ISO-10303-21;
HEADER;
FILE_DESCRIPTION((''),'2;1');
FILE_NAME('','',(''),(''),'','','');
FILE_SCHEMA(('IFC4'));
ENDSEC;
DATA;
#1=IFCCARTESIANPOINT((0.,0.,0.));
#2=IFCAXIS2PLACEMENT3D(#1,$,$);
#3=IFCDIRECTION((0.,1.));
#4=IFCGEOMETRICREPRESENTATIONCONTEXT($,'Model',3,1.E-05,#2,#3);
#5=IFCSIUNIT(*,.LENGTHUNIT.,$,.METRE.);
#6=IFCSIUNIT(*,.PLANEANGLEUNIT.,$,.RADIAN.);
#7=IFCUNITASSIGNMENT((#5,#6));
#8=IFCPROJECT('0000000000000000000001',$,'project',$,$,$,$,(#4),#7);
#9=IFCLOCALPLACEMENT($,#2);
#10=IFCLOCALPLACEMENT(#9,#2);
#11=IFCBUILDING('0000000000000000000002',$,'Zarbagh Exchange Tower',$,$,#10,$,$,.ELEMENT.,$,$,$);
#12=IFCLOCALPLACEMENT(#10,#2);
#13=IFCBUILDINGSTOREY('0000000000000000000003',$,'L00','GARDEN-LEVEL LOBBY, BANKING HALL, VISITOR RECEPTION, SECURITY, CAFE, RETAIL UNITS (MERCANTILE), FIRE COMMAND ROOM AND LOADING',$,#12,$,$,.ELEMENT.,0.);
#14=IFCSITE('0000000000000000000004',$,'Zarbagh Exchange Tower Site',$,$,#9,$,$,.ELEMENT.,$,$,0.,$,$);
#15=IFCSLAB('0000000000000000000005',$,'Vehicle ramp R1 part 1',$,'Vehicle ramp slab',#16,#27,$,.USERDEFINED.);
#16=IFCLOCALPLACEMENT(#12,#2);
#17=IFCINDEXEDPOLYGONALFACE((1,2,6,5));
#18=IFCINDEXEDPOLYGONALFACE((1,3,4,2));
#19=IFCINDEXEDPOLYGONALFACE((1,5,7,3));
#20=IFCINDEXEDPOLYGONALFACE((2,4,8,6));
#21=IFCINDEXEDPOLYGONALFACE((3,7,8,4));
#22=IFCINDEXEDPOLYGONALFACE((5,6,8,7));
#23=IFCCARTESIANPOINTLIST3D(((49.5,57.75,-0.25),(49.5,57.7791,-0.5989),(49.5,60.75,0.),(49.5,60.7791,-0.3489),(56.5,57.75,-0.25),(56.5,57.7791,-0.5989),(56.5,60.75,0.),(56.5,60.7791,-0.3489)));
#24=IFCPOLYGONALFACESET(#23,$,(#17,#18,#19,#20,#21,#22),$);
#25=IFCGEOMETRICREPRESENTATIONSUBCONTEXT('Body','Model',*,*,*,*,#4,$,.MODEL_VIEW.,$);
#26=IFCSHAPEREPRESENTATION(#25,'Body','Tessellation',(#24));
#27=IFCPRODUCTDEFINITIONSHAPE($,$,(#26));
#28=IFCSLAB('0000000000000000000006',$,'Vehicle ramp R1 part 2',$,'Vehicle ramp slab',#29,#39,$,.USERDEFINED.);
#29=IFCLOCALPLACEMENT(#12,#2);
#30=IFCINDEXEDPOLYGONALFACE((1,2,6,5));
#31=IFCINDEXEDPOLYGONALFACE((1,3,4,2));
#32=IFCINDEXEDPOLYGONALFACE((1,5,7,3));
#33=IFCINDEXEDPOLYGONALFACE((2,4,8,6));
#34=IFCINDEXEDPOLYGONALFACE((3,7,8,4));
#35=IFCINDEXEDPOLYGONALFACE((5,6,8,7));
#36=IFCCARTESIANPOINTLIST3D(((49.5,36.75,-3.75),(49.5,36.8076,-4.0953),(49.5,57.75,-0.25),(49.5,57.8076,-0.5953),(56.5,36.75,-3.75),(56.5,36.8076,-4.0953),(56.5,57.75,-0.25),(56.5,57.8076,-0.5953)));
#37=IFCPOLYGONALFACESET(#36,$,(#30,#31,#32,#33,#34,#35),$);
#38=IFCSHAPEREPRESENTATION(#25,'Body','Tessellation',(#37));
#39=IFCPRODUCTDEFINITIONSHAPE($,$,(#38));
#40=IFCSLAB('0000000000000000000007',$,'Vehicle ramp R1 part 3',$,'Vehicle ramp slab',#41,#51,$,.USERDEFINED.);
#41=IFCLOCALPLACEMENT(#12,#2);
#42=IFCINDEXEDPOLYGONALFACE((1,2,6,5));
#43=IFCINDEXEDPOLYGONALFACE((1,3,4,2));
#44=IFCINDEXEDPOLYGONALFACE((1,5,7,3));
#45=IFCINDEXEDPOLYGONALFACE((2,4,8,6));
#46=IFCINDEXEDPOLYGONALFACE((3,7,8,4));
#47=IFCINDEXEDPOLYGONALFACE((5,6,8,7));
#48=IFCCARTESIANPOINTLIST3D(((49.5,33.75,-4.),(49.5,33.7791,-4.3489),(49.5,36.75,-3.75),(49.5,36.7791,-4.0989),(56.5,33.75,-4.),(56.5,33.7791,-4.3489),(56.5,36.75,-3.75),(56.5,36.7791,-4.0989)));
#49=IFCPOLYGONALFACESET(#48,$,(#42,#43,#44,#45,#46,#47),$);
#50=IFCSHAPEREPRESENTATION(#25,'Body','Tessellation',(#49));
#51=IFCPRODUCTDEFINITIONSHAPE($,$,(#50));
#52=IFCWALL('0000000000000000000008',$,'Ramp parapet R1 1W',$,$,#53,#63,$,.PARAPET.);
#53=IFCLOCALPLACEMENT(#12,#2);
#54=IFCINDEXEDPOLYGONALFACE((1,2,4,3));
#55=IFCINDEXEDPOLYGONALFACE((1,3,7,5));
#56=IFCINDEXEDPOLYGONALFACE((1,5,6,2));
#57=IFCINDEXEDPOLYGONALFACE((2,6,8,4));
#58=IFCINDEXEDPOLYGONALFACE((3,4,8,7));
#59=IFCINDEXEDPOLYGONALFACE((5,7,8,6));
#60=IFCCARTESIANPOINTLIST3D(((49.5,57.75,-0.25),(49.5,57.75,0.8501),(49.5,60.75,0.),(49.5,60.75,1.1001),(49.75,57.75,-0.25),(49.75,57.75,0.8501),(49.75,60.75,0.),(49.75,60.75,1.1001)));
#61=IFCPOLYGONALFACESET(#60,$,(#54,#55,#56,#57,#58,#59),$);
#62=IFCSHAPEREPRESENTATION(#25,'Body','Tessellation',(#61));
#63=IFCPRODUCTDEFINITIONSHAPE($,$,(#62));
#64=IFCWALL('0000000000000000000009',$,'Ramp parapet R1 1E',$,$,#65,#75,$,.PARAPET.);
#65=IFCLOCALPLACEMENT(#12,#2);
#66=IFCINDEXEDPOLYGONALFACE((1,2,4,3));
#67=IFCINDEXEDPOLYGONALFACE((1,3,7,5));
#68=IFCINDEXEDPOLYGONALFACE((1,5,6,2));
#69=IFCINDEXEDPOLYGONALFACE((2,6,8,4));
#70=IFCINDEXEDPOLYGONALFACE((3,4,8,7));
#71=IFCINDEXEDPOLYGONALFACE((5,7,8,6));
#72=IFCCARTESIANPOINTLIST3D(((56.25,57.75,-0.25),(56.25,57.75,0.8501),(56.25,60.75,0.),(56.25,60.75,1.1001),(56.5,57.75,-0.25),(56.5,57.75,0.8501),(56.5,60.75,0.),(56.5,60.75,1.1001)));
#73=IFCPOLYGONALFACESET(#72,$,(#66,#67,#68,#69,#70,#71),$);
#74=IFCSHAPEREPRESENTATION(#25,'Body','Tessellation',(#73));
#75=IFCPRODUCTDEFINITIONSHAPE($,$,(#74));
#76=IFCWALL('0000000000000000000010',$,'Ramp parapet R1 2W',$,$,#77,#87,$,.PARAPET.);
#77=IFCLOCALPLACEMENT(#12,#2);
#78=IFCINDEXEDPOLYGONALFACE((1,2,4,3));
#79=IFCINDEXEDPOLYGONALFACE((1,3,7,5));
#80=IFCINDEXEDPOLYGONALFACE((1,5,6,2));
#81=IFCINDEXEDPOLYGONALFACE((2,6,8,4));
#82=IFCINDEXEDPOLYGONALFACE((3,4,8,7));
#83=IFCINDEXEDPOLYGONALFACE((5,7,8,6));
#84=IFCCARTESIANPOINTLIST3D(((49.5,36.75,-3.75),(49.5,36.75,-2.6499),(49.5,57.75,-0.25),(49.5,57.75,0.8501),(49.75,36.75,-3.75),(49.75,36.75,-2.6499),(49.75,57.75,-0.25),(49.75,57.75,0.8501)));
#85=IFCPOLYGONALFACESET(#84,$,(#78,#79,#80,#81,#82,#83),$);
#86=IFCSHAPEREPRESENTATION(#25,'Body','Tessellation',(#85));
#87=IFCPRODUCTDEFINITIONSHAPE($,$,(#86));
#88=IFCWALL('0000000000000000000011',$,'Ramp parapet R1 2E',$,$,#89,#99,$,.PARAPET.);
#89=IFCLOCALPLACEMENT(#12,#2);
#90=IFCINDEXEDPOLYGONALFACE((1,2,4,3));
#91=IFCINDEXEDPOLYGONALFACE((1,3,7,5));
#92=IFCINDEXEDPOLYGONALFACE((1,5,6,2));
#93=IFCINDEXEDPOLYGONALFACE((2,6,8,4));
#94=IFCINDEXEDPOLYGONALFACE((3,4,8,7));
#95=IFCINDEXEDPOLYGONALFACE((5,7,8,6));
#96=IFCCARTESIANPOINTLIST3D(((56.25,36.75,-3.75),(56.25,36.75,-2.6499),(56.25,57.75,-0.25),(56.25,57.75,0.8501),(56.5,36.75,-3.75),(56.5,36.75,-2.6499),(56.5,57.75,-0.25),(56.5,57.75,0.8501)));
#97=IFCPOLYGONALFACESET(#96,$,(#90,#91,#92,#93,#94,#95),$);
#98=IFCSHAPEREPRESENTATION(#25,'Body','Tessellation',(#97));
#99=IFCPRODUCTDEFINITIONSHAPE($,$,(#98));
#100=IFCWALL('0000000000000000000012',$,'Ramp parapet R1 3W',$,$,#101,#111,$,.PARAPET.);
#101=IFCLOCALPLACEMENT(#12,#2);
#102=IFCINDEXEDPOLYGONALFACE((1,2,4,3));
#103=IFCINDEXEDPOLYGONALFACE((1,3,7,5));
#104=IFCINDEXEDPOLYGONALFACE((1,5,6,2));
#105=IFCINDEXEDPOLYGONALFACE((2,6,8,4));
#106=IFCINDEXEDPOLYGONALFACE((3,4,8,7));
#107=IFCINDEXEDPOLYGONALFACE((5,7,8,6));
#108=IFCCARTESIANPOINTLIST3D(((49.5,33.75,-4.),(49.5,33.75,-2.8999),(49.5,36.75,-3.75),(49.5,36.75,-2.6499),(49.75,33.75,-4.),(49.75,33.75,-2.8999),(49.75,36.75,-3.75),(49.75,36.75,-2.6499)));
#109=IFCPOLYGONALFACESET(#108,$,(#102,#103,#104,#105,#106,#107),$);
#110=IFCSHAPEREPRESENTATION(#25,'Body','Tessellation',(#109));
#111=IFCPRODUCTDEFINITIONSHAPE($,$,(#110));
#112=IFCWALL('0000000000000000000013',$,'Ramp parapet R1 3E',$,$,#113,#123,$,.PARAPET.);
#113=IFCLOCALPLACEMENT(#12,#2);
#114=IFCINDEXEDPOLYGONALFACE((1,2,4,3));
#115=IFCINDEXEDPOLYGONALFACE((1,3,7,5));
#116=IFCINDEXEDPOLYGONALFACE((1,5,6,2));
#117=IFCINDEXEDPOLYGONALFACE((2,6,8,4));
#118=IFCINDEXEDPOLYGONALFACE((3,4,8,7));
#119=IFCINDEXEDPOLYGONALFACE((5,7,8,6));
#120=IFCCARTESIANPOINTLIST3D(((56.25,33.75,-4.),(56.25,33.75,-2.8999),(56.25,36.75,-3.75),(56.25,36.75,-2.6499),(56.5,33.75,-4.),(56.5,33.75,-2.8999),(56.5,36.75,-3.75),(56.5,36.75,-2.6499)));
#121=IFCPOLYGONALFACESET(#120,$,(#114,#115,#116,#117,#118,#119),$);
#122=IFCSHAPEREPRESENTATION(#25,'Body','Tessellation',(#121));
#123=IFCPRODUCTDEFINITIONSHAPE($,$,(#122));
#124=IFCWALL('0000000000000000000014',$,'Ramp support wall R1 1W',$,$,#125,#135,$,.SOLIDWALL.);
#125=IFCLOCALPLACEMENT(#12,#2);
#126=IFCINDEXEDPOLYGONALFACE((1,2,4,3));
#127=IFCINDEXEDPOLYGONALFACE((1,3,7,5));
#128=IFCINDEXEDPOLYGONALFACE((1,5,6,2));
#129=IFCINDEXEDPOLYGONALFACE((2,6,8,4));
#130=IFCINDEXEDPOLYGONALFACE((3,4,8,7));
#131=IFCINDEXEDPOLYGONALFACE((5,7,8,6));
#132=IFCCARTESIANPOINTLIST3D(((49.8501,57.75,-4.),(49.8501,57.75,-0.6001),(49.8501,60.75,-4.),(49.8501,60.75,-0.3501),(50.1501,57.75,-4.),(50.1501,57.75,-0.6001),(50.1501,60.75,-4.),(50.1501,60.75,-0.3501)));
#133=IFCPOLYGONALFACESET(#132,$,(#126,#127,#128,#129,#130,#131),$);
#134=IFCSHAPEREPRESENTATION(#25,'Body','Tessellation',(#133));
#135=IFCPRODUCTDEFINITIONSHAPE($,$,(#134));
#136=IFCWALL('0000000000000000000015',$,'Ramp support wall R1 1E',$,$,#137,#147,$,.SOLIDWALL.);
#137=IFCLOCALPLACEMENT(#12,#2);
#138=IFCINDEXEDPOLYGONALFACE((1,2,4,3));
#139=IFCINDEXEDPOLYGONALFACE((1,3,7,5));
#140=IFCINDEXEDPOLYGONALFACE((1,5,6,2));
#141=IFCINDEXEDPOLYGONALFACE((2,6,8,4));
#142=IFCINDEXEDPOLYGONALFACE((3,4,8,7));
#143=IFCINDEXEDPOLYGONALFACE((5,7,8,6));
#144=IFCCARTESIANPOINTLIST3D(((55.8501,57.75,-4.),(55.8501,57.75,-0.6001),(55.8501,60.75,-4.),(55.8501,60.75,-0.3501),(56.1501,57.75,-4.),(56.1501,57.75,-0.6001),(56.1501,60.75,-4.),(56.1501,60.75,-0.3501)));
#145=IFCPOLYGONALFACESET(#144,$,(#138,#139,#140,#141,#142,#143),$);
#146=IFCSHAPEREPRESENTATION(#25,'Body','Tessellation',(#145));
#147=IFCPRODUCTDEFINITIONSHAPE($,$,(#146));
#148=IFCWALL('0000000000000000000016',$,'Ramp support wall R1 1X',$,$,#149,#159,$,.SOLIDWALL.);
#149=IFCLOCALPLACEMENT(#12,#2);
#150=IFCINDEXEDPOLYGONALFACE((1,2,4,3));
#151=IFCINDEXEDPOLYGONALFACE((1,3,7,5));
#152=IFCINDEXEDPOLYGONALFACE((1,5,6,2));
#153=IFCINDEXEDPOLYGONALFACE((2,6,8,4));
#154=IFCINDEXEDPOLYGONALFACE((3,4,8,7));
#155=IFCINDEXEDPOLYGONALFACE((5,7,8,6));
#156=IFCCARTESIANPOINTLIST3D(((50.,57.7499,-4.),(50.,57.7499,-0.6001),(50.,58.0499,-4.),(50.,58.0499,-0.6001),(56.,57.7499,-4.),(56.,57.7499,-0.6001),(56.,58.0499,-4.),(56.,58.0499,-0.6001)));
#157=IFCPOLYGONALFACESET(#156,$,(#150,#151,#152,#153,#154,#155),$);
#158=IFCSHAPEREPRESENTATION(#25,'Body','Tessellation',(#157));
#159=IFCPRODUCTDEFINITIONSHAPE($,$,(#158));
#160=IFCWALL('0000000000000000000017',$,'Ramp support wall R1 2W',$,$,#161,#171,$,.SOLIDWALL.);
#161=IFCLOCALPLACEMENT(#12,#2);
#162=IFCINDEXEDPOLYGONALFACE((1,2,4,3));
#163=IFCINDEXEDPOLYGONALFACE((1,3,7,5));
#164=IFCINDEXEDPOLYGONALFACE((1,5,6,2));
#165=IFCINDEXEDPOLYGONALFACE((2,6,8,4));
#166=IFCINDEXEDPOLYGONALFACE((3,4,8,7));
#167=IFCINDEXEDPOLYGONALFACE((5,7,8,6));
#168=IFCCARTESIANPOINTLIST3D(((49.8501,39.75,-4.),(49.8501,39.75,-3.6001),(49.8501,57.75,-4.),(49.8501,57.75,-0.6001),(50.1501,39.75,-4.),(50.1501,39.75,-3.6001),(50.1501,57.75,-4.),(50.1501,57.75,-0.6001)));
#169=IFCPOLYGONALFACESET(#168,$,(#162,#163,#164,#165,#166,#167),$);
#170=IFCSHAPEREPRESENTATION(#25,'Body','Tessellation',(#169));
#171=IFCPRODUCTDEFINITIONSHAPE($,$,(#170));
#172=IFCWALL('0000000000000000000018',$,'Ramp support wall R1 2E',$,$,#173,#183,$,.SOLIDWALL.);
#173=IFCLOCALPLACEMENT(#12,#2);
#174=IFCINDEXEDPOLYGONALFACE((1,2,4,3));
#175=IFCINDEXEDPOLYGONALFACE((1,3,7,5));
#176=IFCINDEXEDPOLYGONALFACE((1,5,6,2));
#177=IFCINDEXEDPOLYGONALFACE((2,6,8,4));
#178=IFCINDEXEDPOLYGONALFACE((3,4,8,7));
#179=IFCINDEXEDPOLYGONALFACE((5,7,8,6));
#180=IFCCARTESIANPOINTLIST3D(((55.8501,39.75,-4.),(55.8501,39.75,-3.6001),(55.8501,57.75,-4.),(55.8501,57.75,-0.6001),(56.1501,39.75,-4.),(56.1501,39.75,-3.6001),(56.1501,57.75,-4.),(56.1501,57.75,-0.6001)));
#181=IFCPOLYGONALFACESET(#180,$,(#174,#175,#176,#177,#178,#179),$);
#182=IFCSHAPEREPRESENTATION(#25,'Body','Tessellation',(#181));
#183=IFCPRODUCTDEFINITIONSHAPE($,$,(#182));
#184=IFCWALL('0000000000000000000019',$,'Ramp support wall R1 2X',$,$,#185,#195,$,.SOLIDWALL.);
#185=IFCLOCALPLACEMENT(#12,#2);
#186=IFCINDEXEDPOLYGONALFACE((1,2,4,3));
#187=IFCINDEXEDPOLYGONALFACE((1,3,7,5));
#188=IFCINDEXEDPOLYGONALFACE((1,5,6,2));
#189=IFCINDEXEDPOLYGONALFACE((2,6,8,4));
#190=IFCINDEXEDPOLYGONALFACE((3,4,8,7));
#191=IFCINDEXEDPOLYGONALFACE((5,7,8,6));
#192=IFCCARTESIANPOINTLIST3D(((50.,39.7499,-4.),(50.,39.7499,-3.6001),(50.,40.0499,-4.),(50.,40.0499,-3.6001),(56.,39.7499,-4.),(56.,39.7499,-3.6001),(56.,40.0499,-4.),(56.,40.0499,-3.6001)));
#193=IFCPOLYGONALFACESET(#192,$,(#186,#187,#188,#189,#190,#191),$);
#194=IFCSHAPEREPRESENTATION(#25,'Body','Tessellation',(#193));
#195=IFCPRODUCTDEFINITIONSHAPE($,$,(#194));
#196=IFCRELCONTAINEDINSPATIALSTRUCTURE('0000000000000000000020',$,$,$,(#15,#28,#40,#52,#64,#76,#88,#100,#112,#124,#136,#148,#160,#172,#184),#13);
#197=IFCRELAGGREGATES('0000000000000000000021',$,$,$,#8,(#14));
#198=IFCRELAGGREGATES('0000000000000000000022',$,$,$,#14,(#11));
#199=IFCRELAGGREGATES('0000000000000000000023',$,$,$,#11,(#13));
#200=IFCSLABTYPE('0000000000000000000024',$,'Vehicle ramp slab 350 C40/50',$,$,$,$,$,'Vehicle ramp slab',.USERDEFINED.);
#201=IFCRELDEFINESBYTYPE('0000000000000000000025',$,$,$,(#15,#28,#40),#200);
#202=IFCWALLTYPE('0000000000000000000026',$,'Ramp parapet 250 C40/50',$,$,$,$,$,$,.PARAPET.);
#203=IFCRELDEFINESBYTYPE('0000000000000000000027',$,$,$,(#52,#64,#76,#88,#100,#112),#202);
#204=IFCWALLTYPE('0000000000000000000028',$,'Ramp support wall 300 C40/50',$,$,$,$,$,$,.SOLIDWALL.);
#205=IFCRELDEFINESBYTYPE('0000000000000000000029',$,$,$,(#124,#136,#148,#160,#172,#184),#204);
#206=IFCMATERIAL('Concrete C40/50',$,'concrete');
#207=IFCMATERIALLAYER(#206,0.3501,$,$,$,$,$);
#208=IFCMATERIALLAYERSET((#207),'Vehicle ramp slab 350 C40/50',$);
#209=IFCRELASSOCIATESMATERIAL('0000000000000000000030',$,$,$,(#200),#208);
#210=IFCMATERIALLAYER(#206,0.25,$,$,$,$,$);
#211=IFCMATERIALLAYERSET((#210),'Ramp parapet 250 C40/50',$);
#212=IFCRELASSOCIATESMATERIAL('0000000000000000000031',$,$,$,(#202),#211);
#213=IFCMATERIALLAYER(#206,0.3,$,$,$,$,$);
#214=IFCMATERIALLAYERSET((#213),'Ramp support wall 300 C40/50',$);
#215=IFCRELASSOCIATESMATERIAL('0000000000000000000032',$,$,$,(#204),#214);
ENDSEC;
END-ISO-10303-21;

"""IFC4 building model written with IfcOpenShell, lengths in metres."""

from ifc_helpers import new_model, si_unit, direction, frame, frame_2d, origin, place, context, subcontext, project, spatial, polyline, rectangle, outline, extrude, material, layer, layer_set, type_object, element, save


model = new_model("IFC4")

# Units and contexts
model_context = context("Model", 3, precision=1e-05, world=origin(), true_north=direction((0.0, 1.0)))
body_context = subcontext(model_context, "Body", "Model", "MODEL_VIEW")
ifc_project = project(units=[si_unit("LENGTHUNIT", "METRE"), si_unit("PLANEANGLEUNIT", "RADIAN")], contexts=[model_context])

# Site, building, storey
site_placement = place(None, origin())
site = spatial("IfcSite", under=ifc_project, at=site_placement, Name="Zarbagh Exchange Tower Site", CompositionType="ELEMENT", RefElevation=0.0)
building_placement = place(site_placement, origin())
building = spatial("IfcBuilding", under=site, at=building_placement, Name="Zarbagh Exchange Tower", CompositionType="ELEMENT")
storey_placement = place(building_placement, origin())
storey = spatial("IfcBuildingStorey", under=building, at=storey_placement, Name="L00", Description="GARDEN-LEVEL LOBBY, BANKING HALL, VISITOR RECEPTION, SECURITY, CAFE, RETAIL UNITS (MERCANTILE), FIRE COMMAND ROOM AND LOADING", CompositionType="ELEMENT", Elevation=0.0)

# Slabs
ifc_material_1 = material(Name="Concrete C40/50", Category="concrete")
ifc_layer_1 = layer(ifc_material_1, 0.3501)
ifc_layer_set_1 = layer_set([ifc_layer_1], Name="Vehicle ramp slab 350 C40/50")
slab_type = type_object("IfcSlabType", Name="Vehicle ramp slab 350 C40/50", ElementType="Vehicle ramp slab", PredefinedType="USERDEFINED", material=ifc_layer_set_1)
slab_1_placement = place(storey_placement, frame((49.5, 57.75, -0.25), z_axis=(0.0, -0.083045, 0.996546), x_axis=(1.0, 0.0, 0.0)))
element("IfcSlab", 1, at=slab_1_placement, inside=storey, type_object=slab_type, Name="Vehicle ramp R1 part 1", ObjectType="Vehicle ramp slab", PredefinedType="USERDEFINED", context=body_context, shape_type="SweptSolid", body=[
    extrude(outline(polyline([(0.0, 0.0), (7.0, 0.0), (7.0, 3.0104), (0.0, 3.0104), (0.0, 0.0)])), origin(), (0.0, 0.0, -1.0), 0.3501),
])
slab_2_placement = place(storey_placement, frame((49.5, 36.75, -3.75), z_axis=(0.0, -0.164399, 0.986394), x_axis=(1.0, 0.0, 0.0)))
element("IfcSlab", 2, at=slab_2_placement, inside=storey, type_object=slab_type, Name="Vehicle ramp R1 part 2", ObjectType="Vehicle ramp slab", PredefinedType="USERDEFINED", context=body_context, shape_type="SweptSolid", body=[
    extrude(outline(polyline([(0.0, 0.0), (7.0, 0.0), (7.0, 21.2897), (0.0, 21.2897), (0.0, 0.0)])), origin(), (0.0, 0.0, -1.0), 0.3501),
])
slab_3_placement = place(storey_placement, frame((49.5, 33.75, -4.0), z_axis=(0.0, -0.083045, 0.996546), x_axis=(1.0, 0.0, 0.0)))
element("IfcSlab", 3, at=slab_3_placement, inside=storey, type_object=slab_type, Name="Vehicle ramp R1 part 3", ObjectType="Vehicle ramp slab", PredefinedType="USERDEFINED", context=body_context, shape_type="SweptSolid", body=[
    extrude(outline(polyline([(0.0, 0.0), (7.0, 0.0), (7.0, 3.0104), (0.0, 3.0104), (0.0, 0.0)])), origin(), (0.0, 0.0, -1.0), 0.3501),
])

# Walls
ifc_layer_2 = layer(ifc_material_1, 0.25)
ifc_layer_set_2 = layer_set([ifc_layer_2], Name="Ramp parapet 250 C40/50")
wall_type_1 = type_object("IfcWallType", Name="Ramp parapet 250 C40/50", PredefinedType="PARAPET", material=ifc_layer_set_2)
for number, where, z_axis, x_axis, name in (
    (4, (49.625, 57.75, -0.25), (0.0, 0.0, 1.0), (0.0, 1.0, 0.0), "Ramp parapet R1 1W"),
    (5, (56.375, 57.75, -0.25), (0.0, 0.0, 1.0), (0.0, 1.0, 0.0), "Ramp parapet R1 1E"),
):
    element("IfcWall", number, at=place(storey_placement, frame(where, z_axis=z_axis, x_axis=x_axis)), inside=storey, type_object=wall_type_1, Name=name, PredefinedType="PARAPET", context=body_context, shape_type="SweptSolid", body=[
        extrude(outline(polyline([(0.0, 0.0), (3.0, 0.25), (3.0, 1.3501), (0.0, 1.1001), (0.0, 0.0)])), frame((0.0, 0.125, 0.0), z_axis=(0.0, -1.0, 0.0), x_axis=(1.0, 0.0, 0.0)), (0.0, 0.0, 1.0), 0.25),
    ])
for number, where, z_axis, x_axis, name in (
    (6, (49.625, 36.75, -3.75), (0.0, 0.0, 1.0), (0.0, 1.0, 0.0), "Ramp parapet R1 2W"),
    (7, (56.375, 36.75, -3.75), (0.0, 0.0, 1.0), (0.0, 1.0, 0.0), "Ramp parapet R1 2E"),
):
    element("IfcWall", number, at=place(storey_placement, frame(where, z_axis=z_axis, x_axis=x_axis)), inside=storey, type_object=wall_type_1, Name=name, PredefinedType="PARAPET", context=body_context, shape_type="SweptSolid", body=[
        extrude(outline(polyline([(0.0, 0.0), (21.0, 3.5), (21.0, 4.6001), (0.0, 1.1001), (0.0, 0.0)])), frame((0.0, 0.125, 0.0), z_axis=(0.0, -1.0, 0.0), x_axis=(1.0, 0.0, 0.0)), (0.0, 0.0, 1.0), 0.25),
    ])
for number, where, z_axis, x_axis, name in (
    (8, (49.625, 33.75, -4.0), (0.0, 0.0, 1.0), (0.0, 1.0, 0.0), "Ramp parapet R1 3W"),
    (9, (56.375, 33.75, -4.0), (0.0, 0.0, 1.0), (0.0, 1.0, 0.0), "Ramp parapet R1 3E"),
):
    element("IfcWall", number, at=place(storey_placement, frame(where, z_axis=z_axis, x_axis=x_axis)), inside=storey, type_object=wall_type_1, Name=name, PredefinedType="PARAPET", context=body_context, shape_type="SweptSolid", body=[
        extrude(outline(polyline([(0.0, 0.0), (3.0, 0.25), (3.0, 1.3501), (0.0, 1.1001), (0.0, 0.0)])), frame((0.0, 0.125, 0.0), z_axis=(0.0, -1.0, 0.0), x_axis=(1.0, 0.0, 0.0)), (0.0, 0.0, 1.0), 0.25),
    ])
ifc_layer_3 = layer(ifc_material_1, 0.3)
ifc_layer_set_3 = layer_set([ifc_layer_3], Name="Ramp support wall 300 C40/50")
wall_type_2 = type_object("IfcWallType", Name="Ramp support wall 300 C40/50", PredefinedType="SOLIDWALL", material=ifc_layer_set_3)
for number, where, z_axis, x_axis, name in (
    (10, (50.0, 57.75, -4.0), (0.0, 0.0, 1.0), (0.0, 1.0, 0.0), "Ramp support wall R1 1W"),
    (11, (56.0, 57.75, -4.0), (0.0, 0.0, 1.0), (0.0, 1.0, 0.0), "Ramp support wall R1 1E"),
):
    element("IfcWall", number, at=place(storey_placement, frame(where, z_axis=z_axis, x_axis=x_axis)), inside=storey, type_object=wall_type_2, Name=name, PredefinedType="SOLIDWALL", context=body_context, shape_type="SweptSolid", body=[
        extrude(outline(polyline([(0.0, 0.0), (3.0, 0.0), (3.0, 3.6499), (0.0, 3.3999), (0.0, 0.0)])), frame((0.0, 0.1499, 0.0), z_axis=(0.0, -1.0, 0.0), x_axis=(1.0, 0.0, 0.0)), (0.0, 0.0, 1.0), 0.3),
    ])
wall_1_placement = place(storey_placement, frame((50.0, 57.8999, -4.0), z_axis=(0.0, 0.0, 1.0), x_axis=(1.0, 0.0, 0.0)))
element("IfcWall", 12, at=wall_1_placement, inside=storey, type_object=wall_type_2, Name="Ramp support wall R1 1X", PredefinedType="SOLIDWALL", context=body_context, shape_type="SweptSolid", body=[
    extrude(rectangle(XDim=6.0, YDim=0.3, at=frame_2d((3.0, 0.0))), origin(), (0.0, 0.0, 1.0), 3.3999),
])
for number, where, z_axis, x_axis, name in (
    (13, (50.0, 39.75, -4.0), (0.0, 0.0, 1.0), (0.0, 1.0, 0.0), "Ramp support wall R1 2W"),
    (14, (56.0, 39.75, -4.0), (0.0, 0.0, 1.0), (0.0, 1.0, 0.0), "Ramp support wall R1 2E"),
):
    element("IfcWall", number, at=place(storey_placement, frame(where, z_axis=z_axis, x_axis=x_axis)), inside=storey, type_object=wall_type_2, Name=name, PredefinedType="SOLIDWALL", context=body_context, shape_type="SweptSolid", body=[
        extrude(outline(polyline([(0.0, 0.0), (18.0, 0.0), (18.0, 3.3999), (0.0, 0.3999), (0.0, 0.0)])), frame((0.0, 0.1499, 0.0), z_axis=(0.0, -1.0, 0.0), x_axis=(1.0, 0.0, 0.0)), (0.0, 0.0, 1.0), 0.3),
    ])
wall_2_placement = place(storey_placement, frame((50.0, 39.8999, -4.0), z_axis=(0.0, 0.0, 1.0), x_axis=(1.0, 0.0, 0.0)))
element("IfcWall", 15, at=wall_2_placement, inside=storey, type_object=wall_type_2, Name="Ramp support wall R1 2X", PredefinedType="SOLIDWALL", context=body_context, shape_type="SweptSolid", body=[
    extrude(rectangle(XDim=6.0, YDim=0.3, at=frame_2d((3.0, 0.0))), origin(), (0.0, 0.0, 1.0), 0.3999),
])

save(model, "model.ifc")
